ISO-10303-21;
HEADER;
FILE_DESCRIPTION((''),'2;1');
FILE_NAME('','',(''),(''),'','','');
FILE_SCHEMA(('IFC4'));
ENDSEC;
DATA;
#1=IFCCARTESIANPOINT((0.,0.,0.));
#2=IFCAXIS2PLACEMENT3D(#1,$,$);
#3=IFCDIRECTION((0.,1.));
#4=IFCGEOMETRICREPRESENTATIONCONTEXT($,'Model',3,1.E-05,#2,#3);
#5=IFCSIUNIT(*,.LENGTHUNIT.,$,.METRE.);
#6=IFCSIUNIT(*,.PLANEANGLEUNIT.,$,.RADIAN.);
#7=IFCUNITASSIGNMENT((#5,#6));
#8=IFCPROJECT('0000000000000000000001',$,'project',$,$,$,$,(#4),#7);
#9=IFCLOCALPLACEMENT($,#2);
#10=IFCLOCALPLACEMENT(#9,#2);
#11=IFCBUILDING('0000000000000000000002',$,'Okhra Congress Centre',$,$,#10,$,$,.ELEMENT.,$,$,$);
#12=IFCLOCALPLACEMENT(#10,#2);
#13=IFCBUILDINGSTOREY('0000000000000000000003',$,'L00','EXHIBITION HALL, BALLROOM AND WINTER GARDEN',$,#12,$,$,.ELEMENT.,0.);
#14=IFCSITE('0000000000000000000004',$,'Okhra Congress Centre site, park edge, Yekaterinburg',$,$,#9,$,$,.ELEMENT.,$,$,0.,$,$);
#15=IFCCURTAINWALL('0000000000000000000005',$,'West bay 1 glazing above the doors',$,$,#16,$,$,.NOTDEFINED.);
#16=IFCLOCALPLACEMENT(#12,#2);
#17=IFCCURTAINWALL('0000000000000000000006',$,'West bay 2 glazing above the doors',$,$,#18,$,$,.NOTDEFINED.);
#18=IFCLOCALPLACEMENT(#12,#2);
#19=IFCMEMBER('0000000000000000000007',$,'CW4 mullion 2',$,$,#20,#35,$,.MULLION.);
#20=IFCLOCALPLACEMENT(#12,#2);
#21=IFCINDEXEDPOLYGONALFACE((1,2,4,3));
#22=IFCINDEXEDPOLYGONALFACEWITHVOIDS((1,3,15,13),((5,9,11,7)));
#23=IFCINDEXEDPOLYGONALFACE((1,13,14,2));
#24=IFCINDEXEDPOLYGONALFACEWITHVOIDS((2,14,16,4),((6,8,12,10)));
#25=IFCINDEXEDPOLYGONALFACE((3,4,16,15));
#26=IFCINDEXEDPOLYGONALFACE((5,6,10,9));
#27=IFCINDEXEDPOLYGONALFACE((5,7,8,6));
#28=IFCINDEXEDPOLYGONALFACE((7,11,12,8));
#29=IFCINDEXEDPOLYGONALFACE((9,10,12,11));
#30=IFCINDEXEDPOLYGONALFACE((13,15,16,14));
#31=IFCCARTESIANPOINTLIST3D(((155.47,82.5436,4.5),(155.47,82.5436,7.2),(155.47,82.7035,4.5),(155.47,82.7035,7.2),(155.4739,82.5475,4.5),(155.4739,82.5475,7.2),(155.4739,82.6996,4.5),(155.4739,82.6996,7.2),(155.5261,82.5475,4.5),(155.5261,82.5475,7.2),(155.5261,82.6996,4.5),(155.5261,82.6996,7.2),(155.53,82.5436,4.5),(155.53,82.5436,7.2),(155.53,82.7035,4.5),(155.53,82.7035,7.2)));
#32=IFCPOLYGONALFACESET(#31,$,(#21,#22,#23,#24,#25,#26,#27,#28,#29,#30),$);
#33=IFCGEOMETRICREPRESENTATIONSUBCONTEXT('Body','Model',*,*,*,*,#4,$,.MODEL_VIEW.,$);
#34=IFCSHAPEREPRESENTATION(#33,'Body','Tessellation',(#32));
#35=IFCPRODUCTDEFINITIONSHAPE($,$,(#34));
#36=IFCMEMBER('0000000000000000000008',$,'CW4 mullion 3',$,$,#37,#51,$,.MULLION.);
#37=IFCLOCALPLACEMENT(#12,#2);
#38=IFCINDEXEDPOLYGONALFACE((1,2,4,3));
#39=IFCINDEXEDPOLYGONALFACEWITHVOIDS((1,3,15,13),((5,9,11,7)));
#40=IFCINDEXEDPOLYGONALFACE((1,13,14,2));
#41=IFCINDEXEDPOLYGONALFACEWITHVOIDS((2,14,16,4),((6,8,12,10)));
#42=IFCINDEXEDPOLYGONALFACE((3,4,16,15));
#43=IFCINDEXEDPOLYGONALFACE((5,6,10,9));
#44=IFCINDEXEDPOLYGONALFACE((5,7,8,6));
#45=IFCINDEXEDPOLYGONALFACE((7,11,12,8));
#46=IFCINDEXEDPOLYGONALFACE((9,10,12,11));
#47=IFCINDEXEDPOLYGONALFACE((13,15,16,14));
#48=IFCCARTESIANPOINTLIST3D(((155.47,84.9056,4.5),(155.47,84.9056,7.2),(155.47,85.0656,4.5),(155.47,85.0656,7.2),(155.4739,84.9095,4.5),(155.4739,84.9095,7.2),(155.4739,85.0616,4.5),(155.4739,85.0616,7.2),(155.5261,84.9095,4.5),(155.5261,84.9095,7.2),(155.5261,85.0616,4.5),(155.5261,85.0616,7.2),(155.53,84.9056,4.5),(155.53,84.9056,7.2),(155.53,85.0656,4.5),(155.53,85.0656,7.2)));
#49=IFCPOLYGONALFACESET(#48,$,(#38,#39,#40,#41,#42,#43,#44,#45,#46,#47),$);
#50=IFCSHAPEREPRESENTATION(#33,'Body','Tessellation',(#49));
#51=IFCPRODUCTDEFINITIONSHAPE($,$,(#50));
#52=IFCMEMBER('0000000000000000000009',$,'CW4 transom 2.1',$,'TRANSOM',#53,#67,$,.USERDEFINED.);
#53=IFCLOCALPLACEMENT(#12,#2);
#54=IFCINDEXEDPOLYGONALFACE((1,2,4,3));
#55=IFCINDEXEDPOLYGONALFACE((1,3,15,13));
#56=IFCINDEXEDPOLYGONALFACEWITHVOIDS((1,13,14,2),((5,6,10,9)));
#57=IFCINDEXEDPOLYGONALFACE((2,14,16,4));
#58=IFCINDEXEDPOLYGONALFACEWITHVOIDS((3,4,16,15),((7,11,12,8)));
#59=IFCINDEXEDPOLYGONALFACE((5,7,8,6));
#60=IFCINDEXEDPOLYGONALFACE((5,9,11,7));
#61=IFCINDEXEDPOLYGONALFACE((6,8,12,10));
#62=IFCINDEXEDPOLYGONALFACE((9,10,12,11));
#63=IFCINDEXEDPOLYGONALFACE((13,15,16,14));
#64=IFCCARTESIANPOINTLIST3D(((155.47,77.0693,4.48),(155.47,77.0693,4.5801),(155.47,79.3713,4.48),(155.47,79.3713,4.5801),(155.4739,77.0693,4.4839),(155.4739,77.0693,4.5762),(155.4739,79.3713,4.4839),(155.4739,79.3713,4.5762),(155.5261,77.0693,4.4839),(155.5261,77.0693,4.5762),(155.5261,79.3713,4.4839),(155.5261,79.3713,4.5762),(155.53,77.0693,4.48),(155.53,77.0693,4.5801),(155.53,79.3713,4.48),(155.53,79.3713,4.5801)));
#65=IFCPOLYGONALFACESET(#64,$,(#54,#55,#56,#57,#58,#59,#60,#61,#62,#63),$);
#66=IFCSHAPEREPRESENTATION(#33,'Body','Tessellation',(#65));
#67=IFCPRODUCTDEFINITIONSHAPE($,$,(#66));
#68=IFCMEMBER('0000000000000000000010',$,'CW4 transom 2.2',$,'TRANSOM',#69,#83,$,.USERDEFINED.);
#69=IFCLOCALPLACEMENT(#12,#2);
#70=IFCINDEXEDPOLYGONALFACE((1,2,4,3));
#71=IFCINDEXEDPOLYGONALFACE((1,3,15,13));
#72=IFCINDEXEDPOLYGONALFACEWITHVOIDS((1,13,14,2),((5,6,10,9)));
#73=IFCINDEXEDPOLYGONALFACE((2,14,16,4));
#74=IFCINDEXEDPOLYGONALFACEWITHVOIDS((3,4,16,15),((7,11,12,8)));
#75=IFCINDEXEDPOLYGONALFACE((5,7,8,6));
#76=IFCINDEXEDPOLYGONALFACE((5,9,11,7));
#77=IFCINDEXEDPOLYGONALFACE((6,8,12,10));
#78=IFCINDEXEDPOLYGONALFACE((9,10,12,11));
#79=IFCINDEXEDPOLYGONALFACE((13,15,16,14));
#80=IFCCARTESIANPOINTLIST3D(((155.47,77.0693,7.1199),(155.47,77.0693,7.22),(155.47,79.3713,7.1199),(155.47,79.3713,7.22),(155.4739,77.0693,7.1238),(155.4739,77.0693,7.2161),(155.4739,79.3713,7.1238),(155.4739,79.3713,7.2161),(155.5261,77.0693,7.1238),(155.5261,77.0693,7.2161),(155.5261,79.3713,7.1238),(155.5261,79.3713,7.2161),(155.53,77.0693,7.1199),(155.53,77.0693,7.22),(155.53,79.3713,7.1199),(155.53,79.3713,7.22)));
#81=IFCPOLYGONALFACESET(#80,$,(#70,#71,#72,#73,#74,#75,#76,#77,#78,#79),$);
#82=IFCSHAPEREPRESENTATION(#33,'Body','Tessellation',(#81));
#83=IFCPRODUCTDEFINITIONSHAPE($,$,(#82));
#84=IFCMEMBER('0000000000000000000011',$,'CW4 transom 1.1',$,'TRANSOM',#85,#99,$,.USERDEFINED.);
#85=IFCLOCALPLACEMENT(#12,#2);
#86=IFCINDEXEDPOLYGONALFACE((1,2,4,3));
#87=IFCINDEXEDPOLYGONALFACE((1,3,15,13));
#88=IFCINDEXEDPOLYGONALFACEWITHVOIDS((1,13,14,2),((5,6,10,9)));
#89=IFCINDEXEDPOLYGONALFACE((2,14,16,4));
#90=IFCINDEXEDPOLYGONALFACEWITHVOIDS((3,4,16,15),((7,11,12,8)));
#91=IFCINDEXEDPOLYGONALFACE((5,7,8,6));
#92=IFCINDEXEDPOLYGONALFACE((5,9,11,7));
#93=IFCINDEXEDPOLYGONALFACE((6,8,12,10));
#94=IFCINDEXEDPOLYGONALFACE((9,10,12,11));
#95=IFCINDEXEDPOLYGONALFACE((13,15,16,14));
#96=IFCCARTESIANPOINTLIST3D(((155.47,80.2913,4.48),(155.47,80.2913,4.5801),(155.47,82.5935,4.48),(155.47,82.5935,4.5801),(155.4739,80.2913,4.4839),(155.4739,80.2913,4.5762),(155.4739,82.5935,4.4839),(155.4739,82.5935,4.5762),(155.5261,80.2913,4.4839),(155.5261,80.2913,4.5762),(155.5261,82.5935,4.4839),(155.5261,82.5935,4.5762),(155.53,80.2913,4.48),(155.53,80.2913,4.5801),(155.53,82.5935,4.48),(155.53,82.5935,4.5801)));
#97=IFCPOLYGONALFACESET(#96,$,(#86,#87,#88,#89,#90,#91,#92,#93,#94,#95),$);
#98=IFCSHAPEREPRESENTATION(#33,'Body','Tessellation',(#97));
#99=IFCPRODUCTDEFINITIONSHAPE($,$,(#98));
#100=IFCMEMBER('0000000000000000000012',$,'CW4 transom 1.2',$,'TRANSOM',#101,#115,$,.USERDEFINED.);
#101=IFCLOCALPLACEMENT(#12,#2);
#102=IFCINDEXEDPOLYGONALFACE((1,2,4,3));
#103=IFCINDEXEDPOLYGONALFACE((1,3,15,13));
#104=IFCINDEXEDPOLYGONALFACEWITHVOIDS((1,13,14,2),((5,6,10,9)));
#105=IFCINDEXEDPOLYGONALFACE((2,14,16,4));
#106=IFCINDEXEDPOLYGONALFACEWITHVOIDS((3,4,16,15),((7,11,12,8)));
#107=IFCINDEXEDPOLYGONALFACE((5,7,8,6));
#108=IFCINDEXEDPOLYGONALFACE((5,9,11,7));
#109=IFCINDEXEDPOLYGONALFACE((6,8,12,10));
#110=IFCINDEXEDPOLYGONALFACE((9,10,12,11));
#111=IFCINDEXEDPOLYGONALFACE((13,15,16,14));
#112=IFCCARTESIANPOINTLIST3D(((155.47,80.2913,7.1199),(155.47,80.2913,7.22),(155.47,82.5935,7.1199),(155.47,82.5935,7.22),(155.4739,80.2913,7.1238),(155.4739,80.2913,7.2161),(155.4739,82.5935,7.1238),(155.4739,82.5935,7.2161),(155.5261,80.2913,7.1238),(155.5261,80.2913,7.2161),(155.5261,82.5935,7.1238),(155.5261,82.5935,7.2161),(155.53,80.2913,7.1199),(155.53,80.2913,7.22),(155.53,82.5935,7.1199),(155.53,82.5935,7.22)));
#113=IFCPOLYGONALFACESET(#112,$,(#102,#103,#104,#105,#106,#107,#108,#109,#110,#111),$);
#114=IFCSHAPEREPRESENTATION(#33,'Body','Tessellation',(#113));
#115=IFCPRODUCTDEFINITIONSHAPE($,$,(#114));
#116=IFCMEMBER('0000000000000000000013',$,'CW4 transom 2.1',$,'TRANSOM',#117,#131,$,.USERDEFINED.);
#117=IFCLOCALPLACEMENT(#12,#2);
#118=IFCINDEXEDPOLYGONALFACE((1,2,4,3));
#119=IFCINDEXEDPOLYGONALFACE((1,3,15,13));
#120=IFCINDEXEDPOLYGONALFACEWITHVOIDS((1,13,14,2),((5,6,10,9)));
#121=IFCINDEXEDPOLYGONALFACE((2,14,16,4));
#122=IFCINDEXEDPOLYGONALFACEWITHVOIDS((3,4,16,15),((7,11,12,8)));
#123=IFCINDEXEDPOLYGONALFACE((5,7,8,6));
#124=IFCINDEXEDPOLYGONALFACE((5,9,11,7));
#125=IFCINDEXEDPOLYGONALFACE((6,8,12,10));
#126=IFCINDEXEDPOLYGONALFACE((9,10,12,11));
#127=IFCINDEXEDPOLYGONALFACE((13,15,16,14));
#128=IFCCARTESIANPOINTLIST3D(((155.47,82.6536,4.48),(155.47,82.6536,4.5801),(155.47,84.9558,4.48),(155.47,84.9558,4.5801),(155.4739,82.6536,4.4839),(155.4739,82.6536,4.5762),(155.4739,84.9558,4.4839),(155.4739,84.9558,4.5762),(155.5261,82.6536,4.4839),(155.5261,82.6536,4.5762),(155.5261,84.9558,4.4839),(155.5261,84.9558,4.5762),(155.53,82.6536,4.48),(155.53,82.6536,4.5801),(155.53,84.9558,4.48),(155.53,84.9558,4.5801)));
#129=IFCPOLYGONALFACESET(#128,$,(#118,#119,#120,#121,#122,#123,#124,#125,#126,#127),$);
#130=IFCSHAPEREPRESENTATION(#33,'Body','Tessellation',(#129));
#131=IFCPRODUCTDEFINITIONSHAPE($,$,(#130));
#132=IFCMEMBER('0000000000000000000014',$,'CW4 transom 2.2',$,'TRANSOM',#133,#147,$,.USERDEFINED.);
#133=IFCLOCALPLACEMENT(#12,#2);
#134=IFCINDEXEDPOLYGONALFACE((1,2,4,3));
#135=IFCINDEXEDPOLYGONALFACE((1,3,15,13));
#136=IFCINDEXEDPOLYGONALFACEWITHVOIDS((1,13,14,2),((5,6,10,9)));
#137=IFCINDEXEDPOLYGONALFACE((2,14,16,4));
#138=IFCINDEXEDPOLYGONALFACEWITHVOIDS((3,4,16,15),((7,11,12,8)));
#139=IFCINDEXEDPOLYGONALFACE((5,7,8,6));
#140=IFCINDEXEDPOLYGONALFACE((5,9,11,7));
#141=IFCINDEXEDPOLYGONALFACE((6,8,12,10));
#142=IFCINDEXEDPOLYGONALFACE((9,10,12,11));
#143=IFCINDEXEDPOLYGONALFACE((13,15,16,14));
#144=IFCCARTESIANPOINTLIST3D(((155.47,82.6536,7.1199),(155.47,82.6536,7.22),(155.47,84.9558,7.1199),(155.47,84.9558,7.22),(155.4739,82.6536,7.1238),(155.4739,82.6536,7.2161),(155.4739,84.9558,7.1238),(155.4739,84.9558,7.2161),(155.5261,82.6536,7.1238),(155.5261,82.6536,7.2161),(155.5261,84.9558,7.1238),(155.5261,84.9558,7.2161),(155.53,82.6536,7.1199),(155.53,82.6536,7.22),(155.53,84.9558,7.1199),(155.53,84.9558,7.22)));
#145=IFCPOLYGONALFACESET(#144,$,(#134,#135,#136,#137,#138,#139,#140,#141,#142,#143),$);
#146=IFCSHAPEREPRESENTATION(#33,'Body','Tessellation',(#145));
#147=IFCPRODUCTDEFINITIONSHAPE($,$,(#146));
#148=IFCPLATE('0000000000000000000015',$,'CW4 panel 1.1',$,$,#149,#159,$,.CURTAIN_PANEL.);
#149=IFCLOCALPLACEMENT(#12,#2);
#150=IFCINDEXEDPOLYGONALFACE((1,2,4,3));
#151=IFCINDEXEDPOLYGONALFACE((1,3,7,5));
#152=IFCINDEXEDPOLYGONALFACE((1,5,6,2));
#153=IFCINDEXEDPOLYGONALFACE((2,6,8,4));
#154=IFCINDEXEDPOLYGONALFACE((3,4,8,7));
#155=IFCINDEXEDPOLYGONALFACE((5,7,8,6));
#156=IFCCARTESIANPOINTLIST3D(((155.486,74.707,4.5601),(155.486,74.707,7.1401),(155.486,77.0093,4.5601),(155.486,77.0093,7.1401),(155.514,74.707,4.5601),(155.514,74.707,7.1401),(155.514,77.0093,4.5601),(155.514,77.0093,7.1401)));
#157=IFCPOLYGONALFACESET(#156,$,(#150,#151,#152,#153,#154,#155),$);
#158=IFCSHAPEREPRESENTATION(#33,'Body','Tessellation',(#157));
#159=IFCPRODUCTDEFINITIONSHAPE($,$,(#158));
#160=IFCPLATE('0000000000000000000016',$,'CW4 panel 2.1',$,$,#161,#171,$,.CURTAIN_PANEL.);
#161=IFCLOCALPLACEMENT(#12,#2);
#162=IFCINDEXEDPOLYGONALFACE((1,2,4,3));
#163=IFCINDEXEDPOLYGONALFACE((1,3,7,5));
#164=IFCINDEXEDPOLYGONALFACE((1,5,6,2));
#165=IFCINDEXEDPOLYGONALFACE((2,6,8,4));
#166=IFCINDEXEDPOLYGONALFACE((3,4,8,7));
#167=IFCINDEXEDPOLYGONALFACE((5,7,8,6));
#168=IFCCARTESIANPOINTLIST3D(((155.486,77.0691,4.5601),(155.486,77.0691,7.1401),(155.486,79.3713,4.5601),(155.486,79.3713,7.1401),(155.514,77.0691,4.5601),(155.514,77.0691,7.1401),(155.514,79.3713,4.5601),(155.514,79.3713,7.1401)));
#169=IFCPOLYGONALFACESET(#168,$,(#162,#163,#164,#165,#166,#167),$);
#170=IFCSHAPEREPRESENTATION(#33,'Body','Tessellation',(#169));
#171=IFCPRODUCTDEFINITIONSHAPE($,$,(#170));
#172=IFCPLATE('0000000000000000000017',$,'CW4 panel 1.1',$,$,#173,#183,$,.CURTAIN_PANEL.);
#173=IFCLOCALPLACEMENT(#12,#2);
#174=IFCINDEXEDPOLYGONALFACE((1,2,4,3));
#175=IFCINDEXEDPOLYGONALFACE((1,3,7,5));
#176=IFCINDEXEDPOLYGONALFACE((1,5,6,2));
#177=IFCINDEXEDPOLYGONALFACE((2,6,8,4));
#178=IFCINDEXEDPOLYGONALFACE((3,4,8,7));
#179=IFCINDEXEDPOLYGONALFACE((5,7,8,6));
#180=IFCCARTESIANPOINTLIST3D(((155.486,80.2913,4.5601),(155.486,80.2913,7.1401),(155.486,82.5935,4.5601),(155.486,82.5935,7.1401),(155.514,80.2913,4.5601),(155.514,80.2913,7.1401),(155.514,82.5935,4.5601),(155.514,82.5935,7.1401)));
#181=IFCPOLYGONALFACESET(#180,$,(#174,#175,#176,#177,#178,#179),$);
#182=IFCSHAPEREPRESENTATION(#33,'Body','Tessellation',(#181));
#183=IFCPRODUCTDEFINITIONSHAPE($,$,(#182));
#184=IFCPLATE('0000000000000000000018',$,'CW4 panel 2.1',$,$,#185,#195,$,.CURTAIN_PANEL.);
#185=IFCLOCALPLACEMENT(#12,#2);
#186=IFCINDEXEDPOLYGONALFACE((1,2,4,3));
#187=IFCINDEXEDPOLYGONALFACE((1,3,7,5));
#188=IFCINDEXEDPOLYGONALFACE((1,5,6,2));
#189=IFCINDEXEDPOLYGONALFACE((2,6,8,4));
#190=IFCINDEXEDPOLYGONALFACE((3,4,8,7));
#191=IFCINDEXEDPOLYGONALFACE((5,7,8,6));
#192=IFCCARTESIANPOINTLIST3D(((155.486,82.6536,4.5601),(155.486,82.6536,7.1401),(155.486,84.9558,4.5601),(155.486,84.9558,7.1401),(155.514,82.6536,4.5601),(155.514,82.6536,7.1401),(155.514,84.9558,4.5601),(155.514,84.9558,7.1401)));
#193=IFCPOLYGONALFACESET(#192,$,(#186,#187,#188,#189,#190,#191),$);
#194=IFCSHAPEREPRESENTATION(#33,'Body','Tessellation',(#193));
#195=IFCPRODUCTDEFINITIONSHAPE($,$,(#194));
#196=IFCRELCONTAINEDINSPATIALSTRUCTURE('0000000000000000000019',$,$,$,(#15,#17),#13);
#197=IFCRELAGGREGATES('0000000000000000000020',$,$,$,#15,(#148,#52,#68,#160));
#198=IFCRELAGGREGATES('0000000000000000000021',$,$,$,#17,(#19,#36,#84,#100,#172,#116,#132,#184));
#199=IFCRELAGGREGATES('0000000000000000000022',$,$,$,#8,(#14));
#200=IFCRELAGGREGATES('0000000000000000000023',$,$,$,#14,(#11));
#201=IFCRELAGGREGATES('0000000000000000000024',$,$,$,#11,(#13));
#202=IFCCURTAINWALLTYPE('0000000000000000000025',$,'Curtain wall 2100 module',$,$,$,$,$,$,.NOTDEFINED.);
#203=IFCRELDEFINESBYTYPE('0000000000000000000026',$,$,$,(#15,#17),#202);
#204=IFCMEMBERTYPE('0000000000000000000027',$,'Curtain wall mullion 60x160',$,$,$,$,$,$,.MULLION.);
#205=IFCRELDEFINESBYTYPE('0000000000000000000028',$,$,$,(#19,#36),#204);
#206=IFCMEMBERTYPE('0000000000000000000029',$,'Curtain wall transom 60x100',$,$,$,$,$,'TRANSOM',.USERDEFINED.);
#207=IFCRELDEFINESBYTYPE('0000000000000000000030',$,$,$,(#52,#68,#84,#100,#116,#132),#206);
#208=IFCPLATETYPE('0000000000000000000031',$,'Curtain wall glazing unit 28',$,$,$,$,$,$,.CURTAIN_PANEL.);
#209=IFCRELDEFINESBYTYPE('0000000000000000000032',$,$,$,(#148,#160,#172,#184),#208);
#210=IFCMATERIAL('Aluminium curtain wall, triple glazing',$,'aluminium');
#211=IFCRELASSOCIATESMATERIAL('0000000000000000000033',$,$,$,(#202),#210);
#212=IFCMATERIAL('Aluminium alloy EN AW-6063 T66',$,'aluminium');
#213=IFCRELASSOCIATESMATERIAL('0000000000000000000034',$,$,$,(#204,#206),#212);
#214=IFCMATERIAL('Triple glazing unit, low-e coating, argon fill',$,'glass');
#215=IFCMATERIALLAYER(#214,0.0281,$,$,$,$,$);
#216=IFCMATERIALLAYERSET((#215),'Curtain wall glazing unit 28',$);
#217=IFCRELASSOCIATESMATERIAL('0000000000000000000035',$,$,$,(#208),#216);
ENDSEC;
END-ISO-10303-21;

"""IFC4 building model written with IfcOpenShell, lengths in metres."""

from ifc_helpers import new_model, si_unit, direction, frame, origin, origin_2d, place, context, subcontext, project, spatial, rectangle, hollow_rectangle, extrude, material, layer, layer_set, material_profile, profile_set, type_object, element, aggregate, save


model = new_model("IFC4")

# Units and contexts
model_context = context("Model", 3, precision=1e-05, world=origin(), true_north=direction((0.0, 1.0)))
body_context = subcontext(model_context, "Body", "Model", "MODEL_VIEW")
ifc_project = project(units=[si_unit("LENGTHUNIT", "METRE"), si_unit("PLANEANGLEUNIT", "RADIAN")], contexts=[model_context])

# Site, building, storey
site_placement = place(None, origin())
site = spatial("IfcSite", under=ifc_project, at=site_placement, Name="Okhra Congress Centre site, park edge, Yekaterinburg", CompositionType="ELEMENT", RefElevation=0.0)
building_placement = place(site_placement, origin())
building = spatial("IfcBuilding", under=site, at=building_placement, Name="Okhra Congress Centre", CompositionType="ELEMENT")
storey_placement = place(building_placement, origin())
storey = spatial("IfcBuildingStorey", under=building, at=storey_placement, Name="L00", Description="EXHIBITION HALL, BALLROOM AND WINTER GARDEN", CompositionType="ELEMENT", Elevation=0.0)

# Curtain walls, members
ifc_material_1 = material(Name="Aluminium curtain wall, triple glazing", Category="aluminium")
curtain_wall_type_1 = type_object("IfcCurtainWallType", Name="Curtain wall 2100 module", PredefinedType="NOTDEFINED", material=ifc_material_1)
curtain_wall_1_placement = place(storey_placement, origin())
curtain_wall_1 = element("IfcCurtainWall", 1, at=curtain_wall_1_placement, inside=storey, type_object=curtain_wall_type_1, Name="West bay 1 glazing above the doors", PredefinedType="NOTDEFINED")
ifc_material_2 = material(Name="Aluminium alloy EN AW-6063 T66", Category="aluminium")
ifc_material_profile_1 = material_profile(ifc_material_2, hollow_rectangle(XDim=0.0601, YDim=0.1599, WallThickness=0.0039, at=origin_2d()), Name="RHS 60x160x4")
ifc_profile_set_1 = profile_set([ifc_material_profile_1], Name="Aluminium alloy EN AW-6063 T66")
member_type_1 = type_object("IfcMemberType", Name="Curtain wall mullion 60x160", PredefinedType="MULLION", material=ifc_profile_set_1)
curtain_wall_2_placement = place(storey_placement, origin())
curtain_wall_2 = element("IfcCurtainWall", 2, at=curtain_wall_2_placement, inside=storey, type_object=curtain_wall_type_1, Name="West bay 2 glazing above the doors", PredefinedType="NOTDEFINED")
member_1_placement = place(storey_placement, frame((155.5, 82.6235, 4.5), z_axis=(0.0, 0.0, 1.0), x_axis=(-1.0, 0.0, 0.0)))
member_1 = element("IfcMember", 3, at=member_1_placement, type_object=member_type_1, Name="CW4 mullion 2", PredefinedType="MULLION", context=body_context, shape_type="SweptSolid", body=[
    extrude(hollow_rectangle(XDim=0.0601, YDim=0.1599, WallThickness=0.0039, at=origin_2d()), origin(), (0.0, 0.0, 1.0), 2.7),
])
member_2_placement = place(storey_placement, frame((155.5, 84.9856, 4.5), z_axis=(0.0, 0.0, 1.0), x_axis=(-1.0, 0.0, 0.0)))
member_2 = element("IfcMember", 4, at=member_2_placement, type_object=member_type_1, Name="CW4 mullion 3", PredefinedType="MULLION", context=body_context, shape_type="SweptSolid", body=[
    extrude(hollow_rectangle(XDim=0.0601, YDim=0.1599, WallThickness=0.0039, at=origin_2d()), origin(), (0.0, 0.0, 1.0), 2.7),
])

# Members
ifc_material_profile_2 = material_profile(ifc_material_2, hollow_rectangle(XDim=0.0601, YDim=0.1001, WallThickness=0.0039, at=origin_2d()), Name="RHS 60x100x4")
ifc_profile_set_2 = profile_set([ifc_material_profile_2], Name="Aluminium alloy EN AW-6063 T66")
member_type_2 = type_object("IfcMemberType", Name="Curtain wall transom 60x100", ElementType="TRANSOM", PredefinedType="USERDEFINED", material=ifc_profile_set_2)
member_3_placement = place(storey_placement, frame((155.5, 77.0693, 4.53), z_axis=(0.0, 1.0, 0.0), x_axis=(-1.0, 0.0, 0.0)))
member_3 = element("IfcMember", 5, at=member_3_placement, type_object=member_type_2, Name="CW4 transom 2.1", ObjectType="TRANSOM", PredefinedType="USERDEFINED", context=body_context, shape_type="SweptSolid", body=[
    extrude(hollow_rectangle(XDim=0.0601, YDim=0.1001, WallThickness=0.0039, at=origin_2d()), origin(), (0.0, 0.0, 1.0), 2.302),
])
member_4_placement = place(storey_placement, frame((155.5, 77.0693, 7.1699), z_axis=(0.0, 1.0, 0.0), x_axis=(-1.0, 0.0, 0.0)))
member_4 = element("IfcMember", 6, at=member_4_placement, type_object=member_type_2, Name="CW4 transom 2.2", ObjectType="TRANSOM", PredefinedType="USERDEFINED", context=body_context, shape_type="SweptSolid", body=[
    extrude(hollow_rectangle(XDim=0.0601, YDim=0.1001, WallThickness=0.0039, at=origin_2d()), origin(), (0.0, 0.0, 1.0), 2.302),
])
member_5_placement = place(storey_placement, frame((155.5, 80.2913, 4.53), z_axis=(0.0, 1.0, 0.0), x_axis=(-1.0, 0.0, 0.0)))
member_5 = element("IfcMember", 7, at=member_5_placement, type_object=member_type_2, Name="CW4 transom 1.1", ObjectType="TRANSOM", PredefinedType="USERDEFINED", context=body_context, shape_type="SweptSolid", body=[
    extrude(hollow_rectangle(XDim=0.0601, YDim=0.1001, WallThickness=0.0039, at=origin_2d()), origin(), (0.0, 0.0, 1.0), 2.3022),
])
member_6_placement = place(storey_placement, frame((155.5, 80.2913, 7.1699), z_axis=(0.0, 1.0, 0.0), x_axis=(-1.0, 0.0, 0.0)))
member_6 = element("IfcMember", 8, at=member_6_placement, type_object=member_type_2, Name="CW4 transom 1.2", ObjectType="TRANSOM", PredefinedType="USERDEFINED", context=body_context, shape_type="SweptSolid", body=[
    extrude(hollow_rectangle(XDim=0.0601, YDim=0.1001, WallThickness=0.0039, at=origin_2d()), origin(), (0.0, 0.0, 1.0), 2.3022),
])
member_7_placement = place(storey_placement, frame((155.5, 82.6536, 4.53), z_axis=(0.0, 1.0, 0.0), x_axis=(-1.0, 0.0, 0.0)))
member_7 = element("IfcMember", 9, at=member_7_placement, type_object=member_type_2, Name="CW4 transom 2.1", ObjectType="TRANSOM", PredefinedType="USERDEFINED", context=body_context, shape_type="SweptSolid", body=[
    extrude(hollow_rectangle(XDim=0.0601, YDim=0.1001, WallThickness=0.0039, at=origin_2d()), origin(), (0.0, 0.0, 1.0), 2.3022),
])
member_8_placement = place(storey_placement, frame((155.5, 82.6536, 7.1699), z_axis=(0.0, 1.0, 0.0), x_axis=(-1.0, 0.0, 0.0)))
member_8 = element("IfcMember", 10, at=member_8_placement, type_object=member_type_2, Name="CW4 transom 2.2", ObjectType="TRANSOM", PredefinedType="USERDEFINED", context=body_context, shape_type="SweptSolid", body=[
    extrude(hollow_rectangle(XDim=0.0601, YDim=0.1001, WallThickness=0.0039, at=origin_2d()), origin(), (0.0, 0.0, 1.0), 2.3022),
])

# Plates
ifc_material_3 = material(Name="Triple glazing unit, low-e coating, argon fill", Category="glass")
ifc_layer_1 = layer(ifc_material_3, 0.0281)
ifc_layer_set_1 = layer_set([ifc_layer_1], Name="Curtain wall glazing unit 28")
plate_type_1 = type_object("IfcPlateType", Name="Curtain wall glazing unit 28", PredefinedType="CURTAIN_PANEL", material=ifc_layer_set_1)
plate_1_placement = place(storey_placement, frame((155.5, 75.8582, 4.5601), z_axis=(0.0, 0.0, 1.0), x_axis=(0.0, 1.0, 0.0)))
plate_1 = element("IfcPlate", 11, at=plate_1_placement, type_object=plate_type_1, Name="CW4 panel 1.1", PredefinedType="CURTAIN_PANEL", context=body_context, shape_type="SweptSolid", body=[
    extrude(rectangle(XDim=2.3022, YDim=0.0281, at=origin_2d()), origin(), (0.0, 0.0, 1.0), 2.5801),
])
plate_2_placement = place(storey_placement, frame((155.5, 78.2202, 4.5601), z_axis=(0.0, 0.0, 1.0), x_axis=(0.0, 1.0, 0.0)))
plate_2 = element("IfcPlate", 12, at=plate_2_placement, type_object=plate_type_1, Name="CW4 panel 2.1", PredefinedType="CURTAIN_PANEL", context=body_context, shape_type="SweptSolid", body=[
    extrude(rectangle(XDim=2.3022, YDim=0.0281, at=origin_2d()), origin(), (0.0, 0.0, 1.0), 2.5801),
])
aggregate(curtain_wall_1, [plate_1, member_3, member_4, plate_2])
plate_3_placement = place(storey_placement, frame((155.5, 81.4424, 4.5601), z_axis=(0.0, 0.0, 1.0), x_axis=(0.0, 1.0, 0.0)))
plate_3 = element("IfcPlate", 13, at=plate_3_placement, type_object=plate_type_1, Name="CW4 panel 1.1", PredefinedType="CURTAIN_PANEL", context=body_context, shape_type="SweptSolid", body=[
    extrude(rectangle(XDim=2.3022, YDim=0.0281, at=origin_2d()), origin(), (0.0, 0.0, 1.0), 2.5801),
])
plate_4_placement = place(storey_placement, frame((155.5, 83.8047, 4.5601), z_axis=(0.0, 0.0, 1.0), x_axis=(0.0, 1.0, 0.0)))
plate_4 = element("IfcPlate", 14, at=plate_4_placement, type_object=plate_type_1, Name="CW4 panel 2.1", PredefinedType="CURTAIN_PANEL", context=body_context, shape_type="SweptSolid", body=[
    extrude(rectangle(XDim=2.3022, YDim=0.0281, at=origin_2d()), origin(), (0.0, 0.0, 1.0), 2.5801),
])
aggregate(curtain_wall_2, [member_1, member_2, member_5, member_6, plate_3, member_7, member_8, plate_4])

save(model, "model.ifc")
